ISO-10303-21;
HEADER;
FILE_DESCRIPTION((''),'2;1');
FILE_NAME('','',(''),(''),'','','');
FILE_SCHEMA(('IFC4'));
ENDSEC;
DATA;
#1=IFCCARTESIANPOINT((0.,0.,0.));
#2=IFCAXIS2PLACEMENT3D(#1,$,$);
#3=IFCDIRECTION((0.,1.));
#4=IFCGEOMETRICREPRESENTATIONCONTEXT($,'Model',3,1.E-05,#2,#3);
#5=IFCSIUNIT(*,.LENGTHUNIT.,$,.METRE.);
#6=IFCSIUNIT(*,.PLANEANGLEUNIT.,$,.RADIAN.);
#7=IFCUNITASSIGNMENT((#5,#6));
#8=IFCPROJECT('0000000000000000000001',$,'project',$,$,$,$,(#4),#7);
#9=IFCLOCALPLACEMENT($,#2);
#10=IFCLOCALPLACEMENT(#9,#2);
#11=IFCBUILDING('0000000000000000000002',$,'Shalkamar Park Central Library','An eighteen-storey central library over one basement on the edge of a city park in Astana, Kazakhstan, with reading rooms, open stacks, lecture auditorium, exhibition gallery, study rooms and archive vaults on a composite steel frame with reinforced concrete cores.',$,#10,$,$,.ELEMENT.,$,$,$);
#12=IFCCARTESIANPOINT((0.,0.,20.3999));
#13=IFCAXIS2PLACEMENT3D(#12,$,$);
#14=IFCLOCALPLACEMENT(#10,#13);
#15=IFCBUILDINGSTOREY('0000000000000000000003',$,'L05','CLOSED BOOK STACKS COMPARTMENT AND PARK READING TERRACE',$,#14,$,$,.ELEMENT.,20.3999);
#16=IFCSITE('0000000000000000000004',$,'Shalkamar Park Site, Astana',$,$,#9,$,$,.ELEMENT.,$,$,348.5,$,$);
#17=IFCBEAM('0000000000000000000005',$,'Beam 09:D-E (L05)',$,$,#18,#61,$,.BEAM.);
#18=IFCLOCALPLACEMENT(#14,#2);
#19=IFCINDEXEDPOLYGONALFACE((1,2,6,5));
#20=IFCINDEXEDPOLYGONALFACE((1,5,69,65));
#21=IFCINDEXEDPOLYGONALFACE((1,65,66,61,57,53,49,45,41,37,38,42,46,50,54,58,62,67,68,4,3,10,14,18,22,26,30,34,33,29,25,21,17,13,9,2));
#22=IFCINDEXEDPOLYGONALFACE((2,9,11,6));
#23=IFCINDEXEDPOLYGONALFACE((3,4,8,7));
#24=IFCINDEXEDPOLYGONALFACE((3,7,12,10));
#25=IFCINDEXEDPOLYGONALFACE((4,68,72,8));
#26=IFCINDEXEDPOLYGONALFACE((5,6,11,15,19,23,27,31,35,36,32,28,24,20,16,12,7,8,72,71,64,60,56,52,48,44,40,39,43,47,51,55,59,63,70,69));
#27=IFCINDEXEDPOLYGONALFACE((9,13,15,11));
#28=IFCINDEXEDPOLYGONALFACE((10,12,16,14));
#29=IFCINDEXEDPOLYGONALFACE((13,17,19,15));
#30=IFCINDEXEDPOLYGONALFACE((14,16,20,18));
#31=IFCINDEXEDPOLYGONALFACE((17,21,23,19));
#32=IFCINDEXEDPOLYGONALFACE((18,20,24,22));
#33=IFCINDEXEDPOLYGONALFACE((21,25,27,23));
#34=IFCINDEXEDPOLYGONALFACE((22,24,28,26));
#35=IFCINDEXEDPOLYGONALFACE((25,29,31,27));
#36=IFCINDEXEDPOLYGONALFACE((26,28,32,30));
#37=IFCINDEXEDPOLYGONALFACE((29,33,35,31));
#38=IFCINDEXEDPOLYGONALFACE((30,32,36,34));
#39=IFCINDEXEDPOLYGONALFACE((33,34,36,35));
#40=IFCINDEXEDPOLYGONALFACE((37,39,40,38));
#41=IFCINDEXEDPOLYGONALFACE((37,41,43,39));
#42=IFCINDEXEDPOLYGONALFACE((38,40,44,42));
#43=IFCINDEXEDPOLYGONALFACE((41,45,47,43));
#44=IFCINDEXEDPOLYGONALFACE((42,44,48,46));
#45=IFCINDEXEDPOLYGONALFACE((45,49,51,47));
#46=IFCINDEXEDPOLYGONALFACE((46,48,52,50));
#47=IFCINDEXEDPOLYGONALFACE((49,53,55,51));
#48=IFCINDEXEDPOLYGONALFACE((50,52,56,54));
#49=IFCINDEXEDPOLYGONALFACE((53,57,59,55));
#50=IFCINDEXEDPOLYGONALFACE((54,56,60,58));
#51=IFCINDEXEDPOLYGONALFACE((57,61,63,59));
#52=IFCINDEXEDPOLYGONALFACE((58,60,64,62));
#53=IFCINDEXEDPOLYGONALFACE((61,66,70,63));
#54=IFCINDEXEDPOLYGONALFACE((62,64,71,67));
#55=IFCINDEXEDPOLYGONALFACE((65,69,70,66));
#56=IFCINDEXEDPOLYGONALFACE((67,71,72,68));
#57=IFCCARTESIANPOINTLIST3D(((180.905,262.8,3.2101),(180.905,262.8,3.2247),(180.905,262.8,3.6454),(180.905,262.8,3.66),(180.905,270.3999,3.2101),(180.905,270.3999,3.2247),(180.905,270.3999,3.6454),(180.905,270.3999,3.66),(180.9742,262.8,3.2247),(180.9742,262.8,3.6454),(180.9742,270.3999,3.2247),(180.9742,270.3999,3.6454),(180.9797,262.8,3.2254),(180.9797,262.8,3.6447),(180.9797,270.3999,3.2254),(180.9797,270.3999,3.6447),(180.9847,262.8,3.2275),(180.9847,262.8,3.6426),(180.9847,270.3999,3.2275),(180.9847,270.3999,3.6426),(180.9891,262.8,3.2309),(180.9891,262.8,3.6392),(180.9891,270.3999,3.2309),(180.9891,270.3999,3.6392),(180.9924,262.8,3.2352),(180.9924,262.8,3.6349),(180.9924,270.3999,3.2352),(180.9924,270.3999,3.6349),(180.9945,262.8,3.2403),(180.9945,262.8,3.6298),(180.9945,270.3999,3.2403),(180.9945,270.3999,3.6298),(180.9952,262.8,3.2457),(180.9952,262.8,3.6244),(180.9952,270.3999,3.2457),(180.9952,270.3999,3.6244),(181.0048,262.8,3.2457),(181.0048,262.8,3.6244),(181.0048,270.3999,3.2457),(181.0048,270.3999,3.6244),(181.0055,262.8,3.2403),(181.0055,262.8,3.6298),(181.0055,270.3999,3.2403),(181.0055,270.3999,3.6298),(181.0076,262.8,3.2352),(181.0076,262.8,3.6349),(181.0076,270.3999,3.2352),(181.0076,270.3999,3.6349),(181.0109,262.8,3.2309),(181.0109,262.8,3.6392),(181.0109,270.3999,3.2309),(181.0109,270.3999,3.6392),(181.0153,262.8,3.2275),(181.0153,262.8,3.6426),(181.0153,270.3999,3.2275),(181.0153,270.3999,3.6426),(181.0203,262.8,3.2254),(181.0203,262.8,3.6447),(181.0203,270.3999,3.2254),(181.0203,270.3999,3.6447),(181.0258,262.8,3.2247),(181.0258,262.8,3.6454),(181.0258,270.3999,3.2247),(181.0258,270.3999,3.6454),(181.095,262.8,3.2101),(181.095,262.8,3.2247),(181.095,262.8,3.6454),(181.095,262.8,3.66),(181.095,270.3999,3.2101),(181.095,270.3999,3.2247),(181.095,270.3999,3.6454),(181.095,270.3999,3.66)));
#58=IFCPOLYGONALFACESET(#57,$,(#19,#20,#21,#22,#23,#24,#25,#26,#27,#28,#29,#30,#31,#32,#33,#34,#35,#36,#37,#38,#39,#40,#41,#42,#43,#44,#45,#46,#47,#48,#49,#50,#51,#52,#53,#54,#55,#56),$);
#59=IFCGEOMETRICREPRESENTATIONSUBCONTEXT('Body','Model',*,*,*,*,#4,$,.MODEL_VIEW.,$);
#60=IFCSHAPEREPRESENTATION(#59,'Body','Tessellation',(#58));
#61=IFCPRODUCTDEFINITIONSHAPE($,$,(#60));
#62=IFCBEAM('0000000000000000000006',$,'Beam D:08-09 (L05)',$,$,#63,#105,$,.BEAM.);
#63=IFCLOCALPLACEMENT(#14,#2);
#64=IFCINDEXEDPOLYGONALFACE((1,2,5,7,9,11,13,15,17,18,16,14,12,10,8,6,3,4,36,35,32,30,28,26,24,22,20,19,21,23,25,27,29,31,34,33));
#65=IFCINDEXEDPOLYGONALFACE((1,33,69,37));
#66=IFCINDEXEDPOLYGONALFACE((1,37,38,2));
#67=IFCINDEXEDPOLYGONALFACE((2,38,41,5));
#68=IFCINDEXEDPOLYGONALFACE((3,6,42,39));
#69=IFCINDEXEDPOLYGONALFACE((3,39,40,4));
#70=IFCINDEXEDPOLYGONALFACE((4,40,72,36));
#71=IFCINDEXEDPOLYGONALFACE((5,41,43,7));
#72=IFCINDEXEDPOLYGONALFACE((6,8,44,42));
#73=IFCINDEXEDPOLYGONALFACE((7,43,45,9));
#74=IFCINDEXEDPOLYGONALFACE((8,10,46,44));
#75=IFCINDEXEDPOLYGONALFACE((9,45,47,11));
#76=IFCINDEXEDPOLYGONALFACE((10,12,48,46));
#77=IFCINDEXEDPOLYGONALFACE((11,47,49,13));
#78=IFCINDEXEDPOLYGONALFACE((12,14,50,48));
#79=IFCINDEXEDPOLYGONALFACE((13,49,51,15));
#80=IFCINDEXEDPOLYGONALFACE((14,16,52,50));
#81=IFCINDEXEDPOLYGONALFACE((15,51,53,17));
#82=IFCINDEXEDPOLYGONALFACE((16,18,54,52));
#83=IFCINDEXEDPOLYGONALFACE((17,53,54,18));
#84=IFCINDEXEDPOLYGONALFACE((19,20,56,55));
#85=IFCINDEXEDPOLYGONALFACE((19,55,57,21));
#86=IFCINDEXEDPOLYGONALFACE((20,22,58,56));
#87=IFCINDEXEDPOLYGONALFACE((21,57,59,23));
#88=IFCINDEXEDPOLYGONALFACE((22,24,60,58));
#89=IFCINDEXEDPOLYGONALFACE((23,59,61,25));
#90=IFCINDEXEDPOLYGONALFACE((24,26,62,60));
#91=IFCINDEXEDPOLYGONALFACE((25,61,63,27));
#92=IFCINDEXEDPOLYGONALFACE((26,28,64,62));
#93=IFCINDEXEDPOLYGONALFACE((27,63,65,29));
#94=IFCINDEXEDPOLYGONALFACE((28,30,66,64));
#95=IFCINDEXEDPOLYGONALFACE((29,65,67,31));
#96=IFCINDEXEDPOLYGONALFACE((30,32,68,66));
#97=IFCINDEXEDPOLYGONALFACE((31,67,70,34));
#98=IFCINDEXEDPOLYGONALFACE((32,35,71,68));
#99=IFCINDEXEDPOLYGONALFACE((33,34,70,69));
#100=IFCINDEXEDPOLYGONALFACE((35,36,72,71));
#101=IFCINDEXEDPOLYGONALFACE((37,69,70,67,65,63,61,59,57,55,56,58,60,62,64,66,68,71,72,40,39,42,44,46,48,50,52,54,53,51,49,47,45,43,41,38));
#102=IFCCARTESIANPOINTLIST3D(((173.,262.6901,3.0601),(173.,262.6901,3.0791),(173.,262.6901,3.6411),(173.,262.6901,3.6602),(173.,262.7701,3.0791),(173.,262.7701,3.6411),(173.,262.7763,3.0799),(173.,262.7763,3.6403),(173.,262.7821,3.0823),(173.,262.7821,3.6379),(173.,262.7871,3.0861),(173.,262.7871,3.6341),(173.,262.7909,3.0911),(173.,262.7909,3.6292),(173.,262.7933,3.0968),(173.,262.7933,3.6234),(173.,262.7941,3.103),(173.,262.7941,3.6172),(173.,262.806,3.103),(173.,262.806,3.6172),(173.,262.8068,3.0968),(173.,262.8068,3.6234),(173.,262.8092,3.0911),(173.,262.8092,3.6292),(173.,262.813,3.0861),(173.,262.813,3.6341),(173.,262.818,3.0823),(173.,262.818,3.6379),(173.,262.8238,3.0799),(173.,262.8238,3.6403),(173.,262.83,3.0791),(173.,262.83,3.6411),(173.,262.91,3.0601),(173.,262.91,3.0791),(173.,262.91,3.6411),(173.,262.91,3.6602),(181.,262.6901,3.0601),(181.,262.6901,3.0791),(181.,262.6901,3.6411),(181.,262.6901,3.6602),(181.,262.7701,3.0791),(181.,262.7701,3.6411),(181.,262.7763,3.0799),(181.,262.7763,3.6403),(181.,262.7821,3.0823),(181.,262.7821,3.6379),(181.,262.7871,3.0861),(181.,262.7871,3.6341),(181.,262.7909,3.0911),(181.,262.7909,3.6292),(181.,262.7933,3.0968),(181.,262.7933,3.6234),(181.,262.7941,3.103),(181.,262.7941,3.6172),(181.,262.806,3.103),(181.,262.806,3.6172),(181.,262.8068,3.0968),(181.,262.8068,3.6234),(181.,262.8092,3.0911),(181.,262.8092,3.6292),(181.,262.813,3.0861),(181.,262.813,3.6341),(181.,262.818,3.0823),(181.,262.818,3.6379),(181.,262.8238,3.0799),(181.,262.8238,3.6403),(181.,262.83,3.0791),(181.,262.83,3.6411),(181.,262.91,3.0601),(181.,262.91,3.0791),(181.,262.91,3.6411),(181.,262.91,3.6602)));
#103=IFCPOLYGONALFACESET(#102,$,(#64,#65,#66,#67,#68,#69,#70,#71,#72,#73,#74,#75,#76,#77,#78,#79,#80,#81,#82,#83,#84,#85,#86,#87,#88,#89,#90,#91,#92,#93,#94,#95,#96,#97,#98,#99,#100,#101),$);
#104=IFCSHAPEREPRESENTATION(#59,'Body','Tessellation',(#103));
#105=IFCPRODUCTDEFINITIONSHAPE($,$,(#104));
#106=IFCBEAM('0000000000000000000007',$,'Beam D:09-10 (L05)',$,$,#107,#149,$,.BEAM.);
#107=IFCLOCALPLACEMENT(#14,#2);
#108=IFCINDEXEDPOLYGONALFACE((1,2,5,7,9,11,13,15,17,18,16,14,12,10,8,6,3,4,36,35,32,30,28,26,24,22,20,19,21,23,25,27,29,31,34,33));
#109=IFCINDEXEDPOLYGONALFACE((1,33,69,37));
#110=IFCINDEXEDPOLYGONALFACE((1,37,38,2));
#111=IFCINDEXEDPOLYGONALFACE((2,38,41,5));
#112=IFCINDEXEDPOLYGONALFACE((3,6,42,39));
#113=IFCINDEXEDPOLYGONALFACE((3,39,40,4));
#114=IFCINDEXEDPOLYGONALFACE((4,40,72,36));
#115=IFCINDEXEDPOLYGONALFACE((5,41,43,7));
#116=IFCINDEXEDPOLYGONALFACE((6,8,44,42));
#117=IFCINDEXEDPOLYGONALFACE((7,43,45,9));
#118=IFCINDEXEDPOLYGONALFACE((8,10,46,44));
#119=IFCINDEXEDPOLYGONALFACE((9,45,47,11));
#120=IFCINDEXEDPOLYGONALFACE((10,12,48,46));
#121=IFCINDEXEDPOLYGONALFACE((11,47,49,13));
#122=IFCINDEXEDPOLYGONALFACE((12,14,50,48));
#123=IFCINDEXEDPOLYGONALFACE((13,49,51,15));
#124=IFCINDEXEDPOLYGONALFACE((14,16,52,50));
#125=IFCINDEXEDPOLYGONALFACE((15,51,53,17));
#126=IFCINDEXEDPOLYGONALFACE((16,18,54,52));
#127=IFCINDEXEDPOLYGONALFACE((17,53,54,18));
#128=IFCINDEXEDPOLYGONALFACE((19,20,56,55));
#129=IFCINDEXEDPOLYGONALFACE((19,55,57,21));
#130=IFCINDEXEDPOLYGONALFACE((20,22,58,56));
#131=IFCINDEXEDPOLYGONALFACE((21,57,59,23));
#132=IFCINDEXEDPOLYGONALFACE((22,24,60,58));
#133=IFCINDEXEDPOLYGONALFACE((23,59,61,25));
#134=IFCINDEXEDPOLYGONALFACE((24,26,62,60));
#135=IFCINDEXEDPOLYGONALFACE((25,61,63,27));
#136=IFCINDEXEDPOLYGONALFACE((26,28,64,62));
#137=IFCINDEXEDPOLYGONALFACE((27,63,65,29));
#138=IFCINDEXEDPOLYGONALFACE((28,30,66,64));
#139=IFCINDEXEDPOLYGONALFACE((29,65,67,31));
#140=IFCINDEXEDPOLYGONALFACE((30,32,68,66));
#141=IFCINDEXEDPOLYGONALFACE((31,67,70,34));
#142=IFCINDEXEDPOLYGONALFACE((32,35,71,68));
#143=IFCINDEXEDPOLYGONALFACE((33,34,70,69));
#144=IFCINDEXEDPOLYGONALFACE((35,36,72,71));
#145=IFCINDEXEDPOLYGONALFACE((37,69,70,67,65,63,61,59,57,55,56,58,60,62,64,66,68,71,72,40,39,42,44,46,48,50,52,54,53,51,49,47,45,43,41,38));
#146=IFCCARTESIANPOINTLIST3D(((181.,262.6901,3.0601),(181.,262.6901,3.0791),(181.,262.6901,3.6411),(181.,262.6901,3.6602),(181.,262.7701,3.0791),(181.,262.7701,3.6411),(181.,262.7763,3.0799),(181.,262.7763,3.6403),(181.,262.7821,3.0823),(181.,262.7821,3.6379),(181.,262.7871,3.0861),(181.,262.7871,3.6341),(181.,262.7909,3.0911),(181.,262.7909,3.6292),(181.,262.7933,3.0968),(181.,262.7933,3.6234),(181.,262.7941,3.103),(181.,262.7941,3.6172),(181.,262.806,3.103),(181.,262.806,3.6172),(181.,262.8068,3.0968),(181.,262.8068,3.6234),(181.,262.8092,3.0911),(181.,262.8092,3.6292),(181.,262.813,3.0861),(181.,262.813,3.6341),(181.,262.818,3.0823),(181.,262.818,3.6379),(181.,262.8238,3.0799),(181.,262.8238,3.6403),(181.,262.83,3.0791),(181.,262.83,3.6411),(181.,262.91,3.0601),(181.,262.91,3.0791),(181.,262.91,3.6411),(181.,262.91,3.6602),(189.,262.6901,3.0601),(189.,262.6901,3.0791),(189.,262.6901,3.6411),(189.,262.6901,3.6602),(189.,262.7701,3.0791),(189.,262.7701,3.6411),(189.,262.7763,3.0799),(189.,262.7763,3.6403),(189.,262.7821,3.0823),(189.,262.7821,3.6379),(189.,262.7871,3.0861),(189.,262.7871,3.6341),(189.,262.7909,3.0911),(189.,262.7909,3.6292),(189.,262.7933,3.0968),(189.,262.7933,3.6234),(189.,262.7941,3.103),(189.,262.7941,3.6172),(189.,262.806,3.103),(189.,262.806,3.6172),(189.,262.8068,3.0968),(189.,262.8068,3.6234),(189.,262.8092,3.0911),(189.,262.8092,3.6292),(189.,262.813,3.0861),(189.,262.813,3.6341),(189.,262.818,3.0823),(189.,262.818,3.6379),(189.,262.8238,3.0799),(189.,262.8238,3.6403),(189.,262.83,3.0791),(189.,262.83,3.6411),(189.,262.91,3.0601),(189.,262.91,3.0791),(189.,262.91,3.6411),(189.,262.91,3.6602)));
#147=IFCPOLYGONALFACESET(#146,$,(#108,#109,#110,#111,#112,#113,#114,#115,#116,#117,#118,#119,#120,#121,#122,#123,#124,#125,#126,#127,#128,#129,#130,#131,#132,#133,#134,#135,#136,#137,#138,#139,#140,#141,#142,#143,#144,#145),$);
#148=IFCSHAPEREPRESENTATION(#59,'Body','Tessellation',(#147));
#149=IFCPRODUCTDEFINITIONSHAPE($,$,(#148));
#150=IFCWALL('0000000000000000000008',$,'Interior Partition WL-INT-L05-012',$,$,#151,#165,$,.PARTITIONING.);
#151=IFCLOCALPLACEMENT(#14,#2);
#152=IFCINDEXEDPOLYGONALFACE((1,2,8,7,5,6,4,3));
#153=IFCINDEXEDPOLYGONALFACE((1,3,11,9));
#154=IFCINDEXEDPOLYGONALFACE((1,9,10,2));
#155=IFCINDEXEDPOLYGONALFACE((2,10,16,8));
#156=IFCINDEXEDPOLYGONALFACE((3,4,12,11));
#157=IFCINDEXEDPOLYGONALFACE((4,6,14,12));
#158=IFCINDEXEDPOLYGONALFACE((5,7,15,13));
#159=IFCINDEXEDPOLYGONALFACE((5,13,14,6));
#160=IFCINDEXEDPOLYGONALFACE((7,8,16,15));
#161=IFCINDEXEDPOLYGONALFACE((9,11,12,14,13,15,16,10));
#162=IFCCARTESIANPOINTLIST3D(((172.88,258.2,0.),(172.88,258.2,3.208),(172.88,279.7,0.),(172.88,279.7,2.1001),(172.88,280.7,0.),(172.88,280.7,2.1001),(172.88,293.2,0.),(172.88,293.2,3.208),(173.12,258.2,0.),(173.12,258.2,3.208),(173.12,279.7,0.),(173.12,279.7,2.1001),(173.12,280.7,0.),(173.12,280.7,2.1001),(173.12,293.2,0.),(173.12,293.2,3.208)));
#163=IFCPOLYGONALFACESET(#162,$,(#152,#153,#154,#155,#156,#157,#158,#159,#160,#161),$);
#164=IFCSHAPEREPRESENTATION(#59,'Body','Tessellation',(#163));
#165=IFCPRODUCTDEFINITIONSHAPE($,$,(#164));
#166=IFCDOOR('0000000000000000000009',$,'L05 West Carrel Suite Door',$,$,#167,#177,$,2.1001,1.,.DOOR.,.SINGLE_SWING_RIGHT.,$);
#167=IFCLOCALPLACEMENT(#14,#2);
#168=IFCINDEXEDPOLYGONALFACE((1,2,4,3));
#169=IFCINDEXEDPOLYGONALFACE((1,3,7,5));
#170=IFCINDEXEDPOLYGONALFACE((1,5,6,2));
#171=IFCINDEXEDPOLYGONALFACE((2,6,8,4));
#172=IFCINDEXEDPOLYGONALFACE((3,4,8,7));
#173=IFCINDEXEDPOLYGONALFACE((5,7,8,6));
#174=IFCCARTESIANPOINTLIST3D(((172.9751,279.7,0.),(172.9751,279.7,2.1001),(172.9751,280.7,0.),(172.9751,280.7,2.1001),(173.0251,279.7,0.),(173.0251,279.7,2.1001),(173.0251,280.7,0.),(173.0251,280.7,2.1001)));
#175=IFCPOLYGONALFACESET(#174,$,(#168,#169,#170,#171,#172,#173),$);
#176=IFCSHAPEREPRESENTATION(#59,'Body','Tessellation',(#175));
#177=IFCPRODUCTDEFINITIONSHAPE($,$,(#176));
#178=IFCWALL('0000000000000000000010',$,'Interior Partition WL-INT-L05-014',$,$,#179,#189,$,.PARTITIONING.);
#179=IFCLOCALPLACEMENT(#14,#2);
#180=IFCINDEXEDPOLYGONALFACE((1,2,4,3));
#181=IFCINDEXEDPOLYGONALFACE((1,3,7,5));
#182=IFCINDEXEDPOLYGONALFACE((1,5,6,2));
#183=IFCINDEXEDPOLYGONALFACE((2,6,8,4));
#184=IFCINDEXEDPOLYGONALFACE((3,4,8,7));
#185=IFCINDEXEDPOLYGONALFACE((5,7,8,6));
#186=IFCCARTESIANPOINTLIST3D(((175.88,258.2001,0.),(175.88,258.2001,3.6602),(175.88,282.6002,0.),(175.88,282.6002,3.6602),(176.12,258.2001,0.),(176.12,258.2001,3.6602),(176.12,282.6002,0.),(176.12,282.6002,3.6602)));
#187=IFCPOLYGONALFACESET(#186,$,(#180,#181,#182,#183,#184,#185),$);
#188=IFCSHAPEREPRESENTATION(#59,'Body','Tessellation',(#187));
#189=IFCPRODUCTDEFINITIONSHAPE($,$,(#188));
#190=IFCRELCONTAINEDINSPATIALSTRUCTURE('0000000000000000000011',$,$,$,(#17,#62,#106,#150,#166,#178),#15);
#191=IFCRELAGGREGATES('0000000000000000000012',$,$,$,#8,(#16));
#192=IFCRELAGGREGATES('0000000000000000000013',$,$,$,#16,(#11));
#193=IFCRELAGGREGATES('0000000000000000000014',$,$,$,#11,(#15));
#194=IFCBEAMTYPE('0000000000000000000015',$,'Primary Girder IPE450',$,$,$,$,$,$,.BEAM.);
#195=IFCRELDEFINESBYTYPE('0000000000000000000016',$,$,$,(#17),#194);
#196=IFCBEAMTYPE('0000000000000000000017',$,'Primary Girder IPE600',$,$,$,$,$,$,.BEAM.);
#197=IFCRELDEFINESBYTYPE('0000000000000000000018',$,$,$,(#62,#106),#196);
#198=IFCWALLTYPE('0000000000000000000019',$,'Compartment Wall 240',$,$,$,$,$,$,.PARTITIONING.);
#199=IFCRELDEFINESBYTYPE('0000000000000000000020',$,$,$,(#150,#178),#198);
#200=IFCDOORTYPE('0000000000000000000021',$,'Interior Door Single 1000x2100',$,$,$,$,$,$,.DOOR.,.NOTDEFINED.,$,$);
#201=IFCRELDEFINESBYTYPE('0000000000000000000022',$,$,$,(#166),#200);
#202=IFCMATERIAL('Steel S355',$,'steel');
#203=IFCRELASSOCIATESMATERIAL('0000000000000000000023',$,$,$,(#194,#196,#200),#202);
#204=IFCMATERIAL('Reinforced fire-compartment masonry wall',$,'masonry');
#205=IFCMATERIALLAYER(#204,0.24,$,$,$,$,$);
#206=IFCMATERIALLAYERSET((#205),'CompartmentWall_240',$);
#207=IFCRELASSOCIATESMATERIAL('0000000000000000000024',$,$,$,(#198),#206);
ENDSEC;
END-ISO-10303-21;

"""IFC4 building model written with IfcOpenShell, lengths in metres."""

from ifc_helpers import new_model, si_unit, direction, frame, frame_2d, origin, origin_2d, place, context, subcontext, project, spatial, rectangle, i_section, extrude, material, layer, layer_set, material_profile, profile_set, type_object, element, fill, save


model = new_model("IFC4")

# Units and contexts
model_context = context("Model", 3, precision=1e-05, world=origin(), true_north=direction((0.0, 1.0)))
body_context = subcontext(model_context, "Body", "Model", "MODEL_VIEW")
ifc_project = project(units=[si_unit("LENGTHUNIT", "METRE"), si_unit("PLANEANGLEUNIT", "RADIAN")], contexts=[model_context])

# Site, building, storey
site_placement = place(None, origin())
site = spatial("IfcSite", under=ifc_project, at=site_placement, Name="Shalkamar Park Site, Astana", CompositionType="ELEMENT", RefElevation=348.5)
building_placement = place(site_placement, origin())
building = spatial("IfcBuilding", under=site, at=building_placement, Name="Shalkamar Park Central Library", Description="An eighteen-storey central library over one basement on the edge of a city park in Astana, Kazakhstan, with reading rooms, open stacks, lecture auditorium, exhibition gallery, study rooms and archive vaults on a composite steel frame with reinforced concrete cores.", CompositionType="ELEMENT")
storey_placement = place(building_placement, frame((0.0, 0.0, 20.3999)))
storey = spatial("IfcBuildingStorey", under=building, at=storey_placement, Name="L05", Description="CLOSED BOOK STACKS COMPARTMENT AND PARK READING TERRACE", CompositionType="ELEMENT", Elevation=20.3999)

# Shared definitions
ifc_material_1 = material(Name="Steel S355", Category="steel")

# Beams
ifc_material_profile_1 = material_profile(ifc_material_1, i_section(OverallWidth=0.1899, OverallDepth=0.45, WebThickness=0.0095, FlangeThickness=0.0146, FilletRadius=0.021, at=origin_2d()), Name="IPE 450")
ifc_profile_set_1 = profile_set([ifc_material_profile_1], Name="Steel S355")
beam_type_1 = type_object("IfcBeamType", Name="Primary Girder IPE450", PredefinedType="BEAM", material=ifc_profile_set_1)
for number, where, z_axis, x_axis, name in (
    (1, (181.0, 262.8, 3.4351), (0.0, 1.0, 0.0), (-1.0, 0.0, 0.0), "Beam 09:D-E (L05)"),
):
    element("IfcBeam", number, at=place(storey_placement, frame(where, z_axis=z_axis, x_axis=x_axis)), inside=storey, type_object=beam_type_1, Name=name, PredefinedType="BEAM", context=body_context, shape_type="SweptSolid", body=[
        extrude(i_section(OverallWidth=0.1899, OverallDepth=0.45, WebThickness=0.0095, FlangeThickness=0.0146, FilletRadius=0.021, at=origin_2d()), origin(), (0.0, 0.0, 1.0), 7.5999),
    ])
ifc_material_profile_2 = material_profile(ifc_material_1, i_section(OverallWidth=0.22, OverallDepth=0.6001, WebThickness=0.012, FlangeThickness=0.019, FilletRadius=0.0239, at=origin_2d()), Name="IPE 600")
ifc_profile_set_2 = profile_set([ifc_material_profile_2], Name="Steel S355")
beam_type_2 = type_object("IfcBeamType", Name="Primary Girder IPE600", PredefinedType="BEAM", material=ifc_profile_set_2)
for number, where, z_axis, x_axis, name in (
    (2, (173.0, 262.8, 3.3601), (1.0, 0.0, 0.0), (0.0, 1.0, 0.0), "Beam D:08-09 (L05)"),
    (3, (181.0, 262.8, 3.3601), (1.0, 0.0, 0.0), (0.0, 1.0, 0.0), "Beam D:09-10 (L05)"),
):
    element("IfcBeam", number, at=place(storey_placement, frame(where, z_axis=z_axis, x_axis=x_axis)), inside=storey, type_object=beam_type_2, Name=name, PredefinedType="BEAM", context=body_context, shape_type="SweptSolid", body=[
        extrude(i_section(OverallWidth=0.22, OverallDepth=0.6001, WebThickness=0.012, FlangeThickness=0.019, FilletRadius=0.0239, at=origin_2d()), origin(), (0.0, 0.0, 1.0), 8.0),
    ])

# Wall, opening, door
ifc_material_2 = material(Name="Reinforced fire-compartment masonry wall", Category="masonry")
ifc_layer_1 = layer(ifc_material_2, 0.24)
ifc_layer_set_1 = layer_set([ifc_layer_1], Name="CompartmentWall_240")
wall_type_1 = type_object("IfcWallType", Name="Compartment Wall 240", PredefinedType="PARTITIONING", material=ifc_layer_set_1)
wall_1_placement = place(storey_placement, frame((173.0, 258.2, 0.0), z_axis=(0.0, 0.0, 1.0), x_axis=(0.0, 1.0, 0.0)))
wall_1 = element("IfcWall", 4, at=wall_1_placement, inside=storey, type_object=wall_type_1, Name="Interior Partition WL-INT-L05-012", PredefinedType="PARTITIONING", context=body_context, shape_type="SweptSolid", body=[
    extrude(rectangle(XDim=35.0, YDim=0.24, at=frame_2d((17.5, 0.0))), origin(), (0.0, 0.0, 1.0), 3.208),
])
opening_1_placement = place(wall_1_placement, frame((21.5, 0.0, 0.0)))
opening_1 = element("IfcOpeningElement", 5, at=opening_1_placement, cuts=wall_1, PredefinedType="OPENING", context=body_context, shape_type="SweptSolid", body=[
    extrude(rectangle(XDim=1.0, YDim=2.1001, at=frame_2d((0.5, 1.05))), frame((0.0, 0.1348, 0.0), z_axis=(0.0, -1.0, 0.0), x_axis=(1.0, 0.0, 0.0)), (0.0, 0.0, 1.0), 0.2698),
])
door_type_1 = type_object("IfcDoorType", Name="Interior Door Single 1000x2100", OperationType="NOTDEFINED", PredefinedType="DOOR", material=ifc_material_1)
door_1_placement = place(opening_1_placement, origin())
door_1 = element("IfcDoor", 6, at=door_1_placement, inside=storey, type_object=door_type_1, Name="L05 West Carrel Suite Door", OperationType="SINGLE_SWING_RIGHT", OverallHeight=2.1001, OverallWidth=1.0, PredefinedType="DOOR", context=body_context, shape_type="SweptSolid", body=[
    extrude(rectangle(XDim=1.0, YDim=2.1001, at=frame_2d((0.5, 1.05))), frame((0.0, 0.0249, 0.0), z_axis=(0.0, -1.0, 0.0), x_axis=(1.0, 0.0, 0.0)), (0.0, 0.0, 1.0), 0.05),
])
fill(opening_1, door_1)

# Wall
wall_2_placement = place(storey_placement, frame((176.0, 258.2, 0.0), z_axis=(0.0, 0.0, 1.0), x_axis=(0.0, 1.0, 0.0)))
element("IfcWall", 7, at=wall_2_placement, inside=storey, type_object=wall_type_1, Name="Interior Partition WL-INT-L05-014", PredefinedType="PARTITIONING", context=body_context, shape_type="SweptSolid", body=[
    extrude(rectangle(XDim=24.4001, YDim=0.24, at=frame_2d((12.2002, 0.0))), origin(), (0.0, 0.0, 1.0), 3.6602),
])

save(model, "model.ifc")
